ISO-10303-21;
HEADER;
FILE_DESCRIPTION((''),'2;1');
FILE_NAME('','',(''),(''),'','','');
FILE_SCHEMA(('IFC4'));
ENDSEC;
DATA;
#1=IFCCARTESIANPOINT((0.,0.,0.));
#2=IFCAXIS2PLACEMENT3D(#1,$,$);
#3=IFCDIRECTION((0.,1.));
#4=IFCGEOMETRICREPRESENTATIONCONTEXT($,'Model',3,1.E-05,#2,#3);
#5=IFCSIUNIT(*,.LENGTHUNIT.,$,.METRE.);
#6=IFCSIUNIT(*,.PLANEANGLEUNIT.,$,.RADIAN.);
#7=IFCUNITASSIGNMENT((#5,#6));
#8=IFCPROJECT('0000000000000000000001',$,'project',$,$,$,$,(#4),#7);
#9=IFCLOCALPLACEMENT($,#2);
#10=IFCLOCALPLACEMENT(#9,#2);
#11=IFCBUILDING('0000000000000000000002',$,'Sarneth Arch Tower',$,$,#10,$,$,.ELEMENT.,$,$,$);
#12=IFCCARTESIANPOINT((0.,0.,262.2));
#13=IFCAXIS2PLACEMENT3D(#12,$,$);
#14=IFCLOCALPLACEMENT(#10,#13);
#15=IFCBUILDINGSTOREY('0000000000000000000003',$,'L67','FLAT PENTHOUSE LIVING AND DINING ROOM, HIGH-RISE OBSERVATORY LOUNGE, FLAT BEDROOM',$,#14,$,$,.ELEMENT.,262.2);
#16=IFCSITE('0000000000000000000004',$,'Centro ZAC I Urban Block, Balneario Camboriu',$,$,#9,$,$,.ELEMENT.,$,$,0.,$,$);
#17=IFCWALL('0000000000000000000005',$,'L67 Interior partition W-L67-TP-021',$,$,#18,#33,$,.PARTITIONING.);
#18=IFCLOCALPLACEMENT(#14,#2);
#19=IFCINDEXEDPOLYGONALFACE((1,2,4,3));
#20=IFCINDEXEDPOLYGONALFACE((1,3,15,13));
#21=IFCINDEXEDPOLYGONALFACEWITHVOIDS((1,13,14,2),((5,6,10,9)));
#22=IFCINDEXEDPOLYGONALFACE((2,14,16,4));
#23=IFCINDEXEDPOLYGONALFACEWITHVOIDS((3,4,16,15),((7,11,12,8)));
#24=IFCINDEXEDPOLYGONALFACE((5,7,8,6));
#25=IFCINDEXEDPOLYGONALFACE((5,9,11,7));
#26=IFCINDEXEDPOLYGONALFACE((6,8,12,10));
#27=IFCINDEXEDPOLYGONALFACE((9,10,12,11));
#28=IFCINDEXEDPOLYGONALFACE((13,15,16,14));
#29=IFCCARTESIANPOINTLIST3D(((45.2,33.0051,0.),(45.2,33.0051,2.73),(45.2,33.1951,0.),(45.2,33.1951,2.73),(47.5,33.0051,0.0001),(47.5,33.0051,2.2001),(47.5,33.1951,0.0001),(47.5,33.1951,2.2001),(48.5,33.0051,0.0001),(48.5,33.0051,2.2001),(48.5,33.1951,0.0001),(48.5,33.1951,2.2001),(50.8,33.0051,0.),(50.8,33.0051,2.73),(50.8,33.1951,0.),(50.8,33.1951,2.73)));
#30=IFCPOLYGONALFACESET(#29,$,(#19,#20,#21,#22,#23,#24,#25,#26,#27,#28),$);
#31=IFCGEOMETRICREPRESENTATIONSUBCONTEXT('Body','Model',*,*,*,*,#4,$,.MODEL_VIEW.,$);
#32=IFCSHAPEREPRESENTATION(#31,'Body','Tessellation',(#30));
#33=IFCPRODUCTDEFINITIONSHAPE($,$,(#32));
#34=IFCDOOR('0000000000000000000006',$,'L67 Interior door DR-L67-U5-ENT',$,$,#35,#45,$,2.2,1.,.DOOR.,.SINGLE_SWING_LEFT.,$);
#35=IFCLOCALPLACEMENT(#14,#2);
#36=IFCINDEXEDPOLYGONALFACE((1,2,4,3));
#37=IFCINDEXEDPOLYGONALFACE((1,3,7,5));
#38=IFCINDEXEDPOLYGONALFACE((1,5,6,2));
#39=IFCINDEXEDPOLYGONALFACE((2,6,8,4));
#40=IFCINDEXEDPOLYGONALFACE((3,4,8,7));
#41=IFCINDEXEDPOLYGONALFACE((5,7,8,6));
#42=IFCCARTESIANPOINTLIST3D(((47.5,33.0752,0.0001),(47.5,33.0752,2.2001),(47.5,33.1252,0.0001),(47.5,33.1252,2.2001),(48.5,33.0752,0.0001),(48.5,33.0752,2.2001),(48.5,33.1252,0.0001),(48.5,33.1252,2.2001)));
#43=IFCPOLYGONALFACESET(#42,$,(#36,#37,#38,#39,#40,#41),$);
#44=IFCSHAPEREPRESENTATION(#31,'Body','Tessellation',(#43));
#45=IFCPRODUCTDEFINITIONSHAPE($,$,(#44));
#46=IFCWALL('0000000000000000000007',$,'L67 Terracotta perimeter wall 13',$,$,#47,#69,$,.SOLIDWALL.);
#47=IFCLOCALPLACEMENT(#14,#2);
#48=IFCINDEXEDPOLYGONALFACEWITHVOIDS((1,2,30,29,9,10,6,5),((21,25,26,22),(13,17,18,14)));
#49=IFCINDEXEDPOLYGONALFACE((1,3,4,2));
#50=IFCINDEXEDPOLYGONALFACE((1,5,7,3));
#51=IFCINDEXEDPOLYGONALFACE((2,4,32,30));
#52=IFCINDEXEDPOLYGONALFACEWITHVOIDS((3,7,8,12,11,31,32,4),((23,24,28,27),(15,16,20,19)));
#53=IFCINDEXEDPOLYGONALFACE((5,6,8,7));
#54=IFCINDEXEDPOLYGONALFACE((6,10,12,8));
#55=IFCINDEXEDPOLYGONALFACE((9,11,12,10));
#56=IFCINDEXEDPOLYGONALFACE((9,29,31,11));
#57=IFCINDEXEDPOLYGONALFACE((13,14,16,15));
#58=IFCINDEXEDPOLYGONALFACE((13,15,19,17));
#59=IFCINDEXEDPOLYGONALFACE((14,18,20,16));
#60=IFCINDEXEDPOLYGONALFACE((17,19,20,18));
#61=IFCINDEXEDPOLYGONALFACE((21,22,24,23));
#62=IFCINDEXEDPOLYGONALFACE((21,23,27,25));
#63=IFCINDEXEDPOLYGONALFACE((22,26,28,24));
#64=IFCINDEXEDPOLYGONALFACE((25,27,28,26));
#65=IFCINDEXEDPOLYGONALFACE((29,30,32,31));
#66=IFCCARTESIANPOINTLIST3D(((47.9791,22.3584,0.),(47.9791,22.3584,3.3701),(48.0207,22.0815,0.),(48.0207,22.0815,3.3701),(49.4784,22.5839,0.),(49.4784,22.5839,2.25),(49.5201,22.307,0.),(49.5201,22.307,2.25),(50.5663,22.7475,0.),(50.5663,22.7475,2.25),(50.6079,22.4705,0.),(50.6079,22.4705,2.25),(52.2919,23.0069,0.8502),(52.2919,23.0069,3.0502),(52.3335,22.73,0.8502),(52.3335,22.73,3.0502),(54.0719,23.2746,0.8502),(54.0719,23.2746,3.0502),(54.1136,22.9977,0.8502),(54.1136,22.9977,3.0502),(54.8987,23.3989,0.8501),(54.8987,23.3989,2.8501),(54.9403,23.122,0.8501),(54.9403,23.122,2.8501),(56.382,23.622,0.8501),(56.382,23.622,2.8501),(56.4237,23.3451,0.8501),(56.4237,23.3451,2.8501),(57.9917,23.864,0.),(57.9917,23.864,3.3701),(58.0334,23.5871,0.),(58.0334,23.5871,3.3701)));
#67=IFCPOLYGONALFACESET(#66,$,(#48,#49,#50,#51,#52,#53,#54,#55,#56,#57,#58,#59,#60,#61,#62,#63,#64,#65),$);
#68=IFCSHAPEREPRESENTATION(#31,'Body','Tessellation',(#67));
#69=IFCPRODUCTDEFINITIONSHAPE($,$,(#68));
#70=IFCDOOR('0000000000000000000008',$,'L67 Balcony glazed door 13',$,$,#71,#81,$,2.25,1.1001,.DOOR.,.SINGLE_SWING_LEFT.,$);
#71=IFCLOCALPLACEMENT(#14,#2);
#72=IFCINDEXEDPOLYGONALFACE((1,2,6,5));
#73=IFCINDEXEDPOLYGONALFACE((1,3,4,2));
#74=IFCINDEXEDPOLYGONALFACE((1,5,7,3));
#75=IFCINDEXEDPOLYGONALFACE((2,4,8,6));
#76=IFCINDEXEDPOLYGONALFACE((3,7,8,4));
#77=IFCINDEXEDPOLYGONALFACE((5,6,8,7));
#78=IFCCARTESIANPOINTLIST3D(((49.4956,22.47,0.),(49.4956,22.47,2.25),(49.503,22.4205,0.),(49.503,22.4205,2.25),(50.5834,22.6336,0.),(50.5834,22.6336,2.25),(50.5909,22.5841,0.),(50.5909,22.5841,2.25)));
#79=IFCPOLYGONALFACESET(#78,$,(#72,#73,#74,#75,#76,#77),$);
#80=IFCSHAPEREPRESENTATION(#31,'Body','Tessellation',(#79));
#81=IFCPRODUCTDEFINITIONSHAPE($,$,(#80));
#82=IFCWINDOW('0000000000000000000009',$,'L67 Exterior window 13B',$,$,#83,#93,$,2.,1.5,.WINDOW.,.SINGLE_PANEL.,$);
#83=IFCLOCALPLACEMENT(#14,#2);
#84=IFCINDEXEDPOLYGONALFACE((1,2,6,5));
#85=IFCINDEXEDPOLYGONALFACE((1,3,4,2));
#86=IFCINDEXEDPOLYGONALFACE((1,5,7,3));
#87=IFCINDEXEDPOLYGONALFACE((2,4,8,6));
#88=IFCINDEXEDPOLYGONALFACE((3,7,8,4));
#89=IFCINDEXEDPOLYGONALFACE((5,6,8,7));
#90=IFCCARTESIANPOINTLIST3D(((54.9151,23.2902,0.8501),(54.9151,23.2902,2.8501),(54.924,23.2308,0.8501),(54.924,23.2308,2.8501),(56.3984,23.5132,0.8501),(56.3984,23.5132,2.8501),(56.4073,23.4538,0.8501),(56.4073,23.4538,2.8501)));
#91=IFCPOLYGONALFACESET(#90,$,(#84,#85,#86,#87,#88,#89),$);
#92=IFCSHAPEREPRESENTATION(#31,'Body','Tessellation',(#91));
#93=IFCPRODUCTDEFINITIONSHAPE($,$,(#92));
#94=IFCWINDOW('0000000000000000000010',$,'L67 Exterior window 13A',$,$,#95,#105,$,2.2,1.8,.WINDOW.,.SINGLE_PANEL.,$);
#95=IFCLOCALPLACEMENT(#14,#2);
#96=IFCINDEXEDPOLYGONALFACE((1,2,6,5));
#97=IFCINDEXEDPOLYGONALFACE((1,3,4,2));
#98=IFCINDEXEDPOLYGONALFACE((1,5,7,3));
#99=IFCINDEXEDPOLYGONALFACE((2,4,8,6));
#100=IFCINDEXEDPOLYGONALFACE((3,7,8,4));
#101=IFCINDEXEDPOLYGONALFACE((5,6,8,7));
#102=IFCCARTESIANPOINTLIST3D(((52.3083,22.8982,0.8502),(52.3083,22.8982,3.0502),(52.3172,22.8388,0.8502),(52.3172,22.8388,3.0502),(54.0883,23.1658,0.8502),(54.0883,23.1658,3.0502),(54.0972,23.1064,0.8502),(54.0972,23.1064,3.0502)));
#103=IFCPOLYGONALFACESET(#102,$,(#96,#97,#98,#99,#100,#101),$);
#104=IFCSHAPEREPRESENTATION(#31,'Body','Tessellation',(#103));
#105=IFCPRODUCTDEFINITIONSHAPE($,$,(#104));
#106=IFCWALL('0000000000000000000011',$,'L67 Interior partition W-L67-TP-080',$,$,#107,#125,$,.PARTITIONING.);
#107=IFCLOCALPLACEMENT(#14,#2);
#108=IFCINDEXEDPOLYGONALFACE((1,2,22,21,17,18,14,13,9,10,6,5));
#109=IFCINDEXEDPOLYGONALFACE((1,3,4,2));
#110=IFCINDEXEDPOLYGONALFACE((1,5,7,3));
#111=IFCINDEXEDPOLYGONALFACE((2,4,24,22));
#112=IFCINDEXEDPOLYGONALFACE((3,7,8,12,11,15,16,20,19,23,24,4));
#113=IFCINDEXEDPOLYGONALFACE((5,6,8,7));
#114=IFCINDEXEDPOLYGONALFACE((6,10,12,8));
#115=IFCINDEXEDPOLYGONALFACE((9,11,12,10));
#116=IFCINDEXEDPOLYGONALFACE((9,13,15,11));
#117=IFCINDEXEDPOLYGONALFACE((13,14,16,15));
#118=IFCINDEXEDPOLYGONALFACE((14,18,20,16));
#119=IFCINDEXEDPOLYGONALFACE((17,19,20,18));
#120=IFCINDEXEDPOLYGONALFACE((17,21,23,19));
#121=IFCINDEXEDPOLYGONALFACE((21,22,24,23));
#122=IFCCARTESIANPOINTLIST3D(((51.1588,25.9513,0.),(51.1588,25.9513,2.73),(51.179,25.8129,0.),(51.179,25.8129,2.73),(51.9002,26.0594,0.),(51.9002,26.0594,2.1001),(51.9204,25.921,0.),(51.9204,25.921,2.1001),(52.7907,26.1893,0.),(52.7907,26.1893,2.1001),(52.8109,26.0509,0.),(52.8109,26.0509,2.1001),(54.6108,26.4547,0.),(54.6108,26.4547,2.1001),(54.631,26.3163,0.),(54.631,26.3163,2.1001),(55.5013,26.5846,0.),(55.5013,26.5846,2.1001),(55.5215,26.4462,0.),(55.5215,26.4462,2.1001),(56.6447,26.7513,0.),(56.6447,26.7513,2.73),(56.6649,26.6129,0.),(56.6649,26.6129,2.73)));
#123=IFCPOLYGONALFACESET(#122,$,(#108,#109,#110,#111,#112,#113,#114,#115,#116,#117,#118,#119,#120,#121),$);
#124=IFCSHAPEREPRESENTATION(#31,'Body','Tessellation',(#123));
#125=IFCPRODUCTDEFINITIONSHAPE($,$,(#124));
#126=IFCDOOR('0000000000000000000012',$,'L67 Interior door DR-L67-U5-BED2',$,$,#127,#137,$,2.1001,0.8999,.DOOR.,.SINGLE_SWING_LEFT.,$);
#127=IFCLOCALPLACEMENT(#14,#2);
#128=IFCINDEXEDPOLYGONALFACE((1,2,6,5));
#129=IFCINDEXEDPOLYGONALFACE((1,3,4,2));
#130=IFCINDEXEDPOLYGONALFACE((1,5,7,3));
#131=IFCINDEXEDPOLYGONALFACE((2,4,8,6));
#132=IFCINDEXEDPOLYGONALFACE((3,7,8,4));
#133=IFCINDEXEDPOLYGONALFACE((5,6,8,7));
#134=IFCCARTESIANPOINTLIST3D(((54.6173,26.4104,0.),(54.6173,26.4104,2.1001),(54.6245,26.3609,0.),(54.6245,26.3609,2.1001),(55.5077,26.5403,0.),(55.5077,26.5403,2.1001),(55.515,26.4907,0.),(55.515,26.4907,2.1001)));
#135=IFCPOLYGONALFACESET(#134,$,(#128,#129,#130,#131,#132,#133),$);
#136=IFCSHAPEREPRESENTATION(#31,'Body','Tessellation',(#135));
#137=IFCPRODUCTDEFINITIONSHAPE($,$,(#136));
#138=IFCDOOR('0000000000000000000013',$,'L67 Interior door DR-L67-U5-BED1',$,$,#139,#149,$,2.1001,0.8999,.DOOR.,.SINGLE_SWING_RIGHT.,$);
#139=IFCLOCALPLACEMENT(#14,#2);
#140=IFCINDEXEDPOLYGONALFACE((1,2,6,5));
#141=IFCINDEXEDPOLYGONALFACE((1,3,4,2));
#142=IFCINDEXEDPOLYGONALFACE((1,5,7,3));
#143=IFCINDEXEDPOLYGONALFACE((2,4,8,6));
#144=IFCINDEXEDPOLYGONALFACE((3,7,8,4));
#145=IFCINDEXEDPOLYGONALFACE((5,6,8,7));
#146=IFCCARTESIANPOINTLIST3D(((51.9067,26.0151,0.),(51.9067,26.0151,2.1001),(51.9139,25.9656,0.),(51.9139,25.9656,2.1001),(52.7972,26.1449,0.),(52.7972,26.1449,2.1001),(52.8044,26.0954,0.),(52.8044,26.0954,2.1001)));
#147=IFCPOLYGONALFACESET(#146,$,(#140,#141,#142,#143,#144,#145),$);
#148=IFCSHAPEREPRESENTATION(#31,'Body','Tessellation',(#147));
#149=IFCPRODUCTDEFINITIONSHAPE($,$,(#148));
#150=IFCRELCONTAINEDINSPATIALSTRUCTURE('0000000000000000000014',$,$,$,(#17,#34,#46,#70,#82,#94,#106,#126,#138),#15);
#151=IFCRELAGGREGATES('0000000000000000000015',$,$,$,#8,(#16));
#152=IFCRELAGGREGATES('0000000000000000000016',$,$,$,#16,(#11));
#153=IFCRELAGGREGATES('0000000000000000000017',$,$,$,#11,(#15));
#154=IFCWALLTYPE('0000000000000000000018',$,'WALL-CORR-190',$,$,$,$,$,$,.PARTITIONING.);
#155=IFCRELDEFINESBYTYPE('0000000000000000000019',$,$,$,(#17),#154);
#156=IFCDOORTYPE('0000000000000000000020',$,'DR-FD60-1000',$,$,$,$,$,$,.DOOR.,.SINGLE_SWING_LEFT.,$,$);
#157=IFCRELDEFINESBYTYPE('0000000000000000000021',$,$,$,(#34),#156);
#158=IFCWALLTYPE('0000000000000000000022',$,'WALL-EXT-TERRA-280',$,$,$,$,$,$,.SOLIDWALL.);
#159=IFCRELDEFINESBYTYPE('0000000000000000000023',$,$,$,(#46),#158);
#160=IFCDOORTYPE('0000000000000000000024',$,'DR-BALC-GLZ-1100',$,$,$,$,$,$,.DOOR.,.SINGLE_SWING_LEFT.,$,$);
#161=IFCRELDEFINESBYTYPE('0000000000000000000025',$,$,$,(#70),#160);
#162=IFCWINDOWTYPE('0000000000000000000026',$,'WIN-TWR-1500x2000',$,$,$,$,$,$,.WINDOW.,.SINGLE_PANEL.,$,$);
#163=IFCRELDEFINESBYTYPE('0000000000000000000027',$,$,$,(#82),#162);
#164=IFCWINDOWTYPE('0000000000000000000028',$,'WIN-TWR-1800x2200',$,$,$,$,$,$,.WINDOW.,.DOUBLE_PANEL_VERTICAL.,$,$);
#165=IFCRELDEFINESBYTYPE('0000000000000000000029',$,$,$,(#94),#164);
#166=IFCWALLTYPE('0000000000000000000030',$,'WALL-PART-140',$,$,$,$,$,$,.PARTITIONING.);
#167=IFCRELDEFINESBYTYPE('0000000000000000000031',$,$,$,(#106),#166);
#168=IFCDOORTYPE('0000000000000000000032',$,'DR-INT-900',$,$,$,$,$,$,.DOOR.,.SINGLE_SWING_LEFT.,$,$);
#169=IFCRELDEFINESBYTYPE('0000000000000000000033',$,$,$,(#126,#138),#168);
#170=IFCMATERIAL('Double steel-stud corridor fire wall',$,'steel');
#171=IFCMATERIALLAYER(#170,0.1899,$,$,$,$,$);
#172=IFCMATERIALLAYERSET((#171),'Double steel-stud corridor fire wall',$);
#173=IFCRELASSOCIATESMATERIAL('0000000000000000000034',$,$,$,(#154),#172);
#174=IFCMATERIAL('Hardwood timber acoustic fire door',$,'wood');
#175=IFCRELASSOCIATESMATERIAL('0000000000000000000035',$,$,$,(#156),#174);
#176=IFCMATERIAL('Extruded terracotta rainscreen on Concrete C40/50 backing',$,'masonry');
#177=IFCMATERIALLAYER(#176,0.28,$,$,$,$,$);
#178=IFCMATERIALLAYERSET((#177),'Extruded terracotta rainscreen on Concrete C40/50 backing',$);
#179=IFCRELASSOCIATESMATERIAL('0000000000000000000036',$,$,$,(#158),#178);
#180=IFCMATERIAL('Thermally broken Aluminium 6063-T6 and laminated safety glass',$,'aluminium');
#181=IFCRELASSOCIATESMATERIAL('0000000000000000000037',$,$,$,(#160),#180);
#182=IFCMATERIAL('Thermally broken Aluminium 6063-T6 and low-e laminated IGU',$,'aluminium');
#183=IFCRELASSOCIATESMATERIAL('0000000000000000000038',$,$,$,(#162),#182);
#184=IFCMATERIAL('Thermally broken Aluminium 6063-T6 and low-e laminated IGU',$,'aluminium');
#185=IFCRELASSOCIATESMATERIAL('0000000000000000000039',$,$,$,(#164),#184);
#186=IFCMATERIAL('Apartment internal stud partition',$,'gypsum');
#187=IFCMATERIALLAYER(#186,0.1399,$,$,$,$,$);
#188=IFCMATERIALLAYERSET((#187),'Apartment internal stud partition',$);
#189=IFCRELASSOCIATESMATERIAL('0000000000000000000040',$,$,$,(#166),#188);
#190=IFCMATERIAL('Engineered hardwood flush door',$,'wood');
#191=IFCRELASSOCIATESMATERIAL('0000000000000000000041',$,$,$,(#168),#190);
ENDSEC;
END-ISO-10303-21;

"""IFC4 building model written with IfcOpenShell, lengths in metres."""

from ifc_helpers import new_model, si_unit, direction, frame, frame_2d, origin, place, context, subcontext, project, spatial, rectangle, extrude, material, layer, layer_set, type_object, element, fill, save


model = new_model("IFC4")

# Units and contexts
model_context = context("Model", 3, precision=1e-05, world=origin(), true_north=direction((0.0, 1.0)))
body_context = subcontext(model_context, "Body", "Model", "MODEL_VIEW")
ifc_project = project(units=[si_unit("LENGTHUNIT", "METRE"), si_unit("PLANEANGLEUNIT", "RADIAN")], contexts=[model_context])

# Site, building, storey
site_placement = place(None, origin())
site = spatial("IfcSite", under=ifc_project, at=site_placement, Name="Centro ZAC I Urban Block, Balneario Camboriu", CompositionType="ELEMENT", RefElevation=0.0)
building_placement = place(site_placement, origin())
building = spatial("IfcBuilding", under=site, at=building_placement, Name="Sarneth Arch Tower", CompositionType="ELEMENT")
storey_placement = place(building_placement, frame((0.0, 0.0, 262.2)))
storey = spatial("IfcBuildingStorey", under=building, at=storey_placement, Name="L67", Description="FLAT PENTHOUSE LIVING AND DINING ROOM, HIGH-RISE OBSERVATORY LOUNGE, FLAT BEDROOM", CompositionType="ELEMENT", Elevation=262.2)

# Wall, opening, door
ifc_material_1 = material(Name="Double steel-stud corridor fire wall", Category="steel")
ifc_layer_1 = layer(ifc_material_1, 0.1899)
ifc_layer_set_1 = layer_set([ifc_layer_1], Name="Double steel-stud corridor fire wall")
wall_type_1 = type_object("IfcWallType", Name="WALL-CORR-190", PredefinedType="PARTITIONING", material=ifc_layer_set_1)
wall_1_placement = place(storey_placement, frame((50.8, 33.1001, 0.0), z_axis=(0.0, 0.0, 1.0), x_axis=(-1.0, 0.0, 0.0)))
wall_1 = element("IfcWall", 1, at=wall_1_placement, inside=storey, type_object=wall_type_1, Name="L67 Interior partition W-L67-TP-021", PredefinedType="PARTITIONING", context=body_context, shape_type="SweptSolid", body=[
    extrude(rectangle(XDim=5.6001, YDim=0.1899, at=frame_2d((2.8, 0.0))), origin(), (0.0, 0.0, 1.0), 2.73),
])
opening_1_placement = place(wall_1_placement, frame((2.3, 0.0, 0.0)))
opening_1 = element("IfcOpeningElement", 2, at=opening_1_placement, cuts=wall_1, PredefinedType="OPENING", context=body_context, shape_type="SweptSolid", body=[
    extrude(rectangle(XDim=1.0, YDim=2.2, at=frame_2d((0.5, 1.1001))), frame((0.0, 0.105, 0.0), z_axis=(0.0, -1.0, 0.0), x_axis=(1.0, 0.0, 0.0)), (0.0, 0.0, 1.0), 0.21),
])
ifc_material_2 = material(Name="Hardwood timber acoustic fire door", Category="wood")
door_type_1 = type_object("IfcDoorType", Name="DR-FD60-1000", OperationType="SINGLE_SWING_LEFT", PredefinedType="DOOR", material=ifc_material_2)
door_1_placement = place(opening_1_placement, origin())
door_1 = element("IfcDoor", 3, at=door_1_placement, inside=storey, type_object=door_type_1, Name="L67 Interior door DR-L67-U5-ENT", OperationType="SINGLE_SWING_LEFT", OverallHeight=2.2, OverallWidth=1.0, PredefinedType="DOOR", context=body_context, shape_type="SweptSolid", body=[
    extrude(rectangle(XDim=1.0, YDim=2.2, at=frame_2d((0.5, 1.1001))), frame((0.0, 0.0249, 0.0), z_axis=(0.0, -1.0, 0.0), x_axis=(1.0, 0.0, 0.0)), (0.0, 0.0, 1.0), 0.05),
])
fill(opening_1, door_1)

# Wall, openings, door, windows
ifc_material_3 = material(Name="Extruded terracotta rainscreen on Concrete C40/50 backing", Category="masonry")
ifc_layer_2 = layer(ifc_material_3, 0.28)
ifc_layer_set_2 = layer_set([ifc_layer_2], Name="Extruded terracotta rainscreen on Concrete C40/50 backing")
wall_type_2 = type_object("IfcWallType", Name="WALL-EXT-TERRA-280", PredefinedType="SOLIDWALL", material=ifc_layer_set_2)
wall_2_placement = place(storey_placement, frame((48.0, 22.22, 0.0), z_axis=(0.0, 0.0, 1.0), x_axis=(0.988883, 0.148699, 0.0)))
wall_2 = element("IfcWall", 4, at=wall_2_placement, inside=storey, type_object=wall_type_2, Name="L67 Terracotta perimeter wall 13", PredefinedType="SOLIDWALL", context=body_context, shape_type="SweptSolid", body=[
    extrude(rectangle(XDim=10.1252, YDim=0.28, at=frame_2d((5.0625, 0.0))), origin(), (0.0, 0.0, 1.0), 3.3701),
])
opening_2_placement = place(wall_2_placement, frame((1.5161, 0.0, 0.0)))
opening_2 = element("IfcOpeningElement", 5, at=opening_2_placement, cuts=wall_2, PredefinedType="OPENING", context=body_context, shape_type="SweptSolid", body=[
    extrude(rectangle(XDim=1.1001, YDim=2.25, at=frame_2d((0.55, 1.125))), frame((0.0, 0.1499, 0.0), z_axis=(0.0, -1.0, 0.0), x_axis=(1.0, 0.0, 0.0)), (0.0, 0.0, 1.0), 0.3),
])
opening_3_placement = place(wall_2_placement, frame((4.3613, 0.0, 0.8501)))
opening_3 = element("IfcOpeningElement", 6, at=opening_3_placement, cuts=wall_2, PredefinedType="OPENING", context=body_context, shape_type="SweptSolid", body=[
    extrude(rectangle(XDim=1.8, YDim=2.2, at=frame_2d((0.8999, 1.1001))), frame((0.0, 0.1499, 0.0), z_axis=(0.0, -1.0, 0.0), x_axis=(1.0, 0.0, 0.0)), (0.0, 0.0, 1.0), 0.3),
])
opening_4_placement = place(wall_2_placement, frame((6.9973, 0.0, 0.8501)))
opening_4 = element("IfcOpeningElement", 7, at=opening_4_placement, cuts=wall_2, PredefinedType="OPENING", context=body_context, shape_type="SweptSolid", body=[
    extrude(rectangle(XDim=1.5, YDim=2.0, at=frame_2d((0.75, 1.0))), frame((0.0, 0.1499, 0.0), z_axis=(0.0, -1.0, 0.0), x_axis=(1.0, 0.0, 0.0)), (0.0, 0.0, 1.0), 0.3),
])
ifc_material_4 = material(Name="Thermally broken Aluminium 6063-T6 and laminated safety glass", Category="aluminium")
door_type_2 = type_object("IfcDoorType", Name="DR-BALC-GLZ-1100", OperationType="SINGLE_SWING_LEFT", PredefinedType="DOOR", material=ifc_material_4)
door_2_placement = place(opening_2_placement, origin())
door_2 = element("IfcDoor", 8, at=door_2_placement, inside=storey, type_object=door_type_2, Name="L67 Balcony glazed door 13", OperationType="SINGLE_SWING_LEFT", OverallHeight=2.25, OverallWidth=1.1001, PredefinedType="DOOR", context=body_context, shape_type="SweptSolid", body=[
    extrude(rectangle(XDim=1.1001, YDim=2.25, at=frame_2d((0.55, 1.125))), frame((0.0, 0.0249, 0.0), z_axis=(0.0, -1.0, 0.0), x_axis=(1.0, 0.0, 0.0)), (0.0, 0.0, 1.0), 0.05),
])
fill(opening_2, door_2)
ifc_material_5 = material(Name="Thermally broken Aluminium 6063-T6 and low-e laminated IGU", Category="aluminium")
window_type_1 = type_object("IfcWindowType", Name="WIN-TWR-1500x2000", PartitioningType="SINGLE_PANEL", PredefinedType="WINDOW", material=ifc_material_5)
window_1_placement = place(opening_4_placement, origin())
window_1 = element("IfcWindow", 9, at=window_1_placement, inside=storey, type_object=window_type_1, Name="L67 Exterior window 13B", OverallHeight=2.0, OverallWidth=1.5, PartitioningType="SINGLE_PANEL", PredefinedType="WINDOW", context=body_context, shape_type="SweptSolid", body=[
    extrude(rectangle(XDim=1.5, YDim=2.0, at=frame_2d((0.75, 1.0))), frame((0.0, 0.03, 0.0), z_axis=(0.0, -1.0, 0.0), x_axis=(1.0, 0.0, 0.0)), (0.0, 0.0, 1.0), 0.0601),
])
fill(opening_4, window_1)
ifc_material_6 = material(Name="Thermally broken Aluminium 6063-T6 and low-e laminated IGU", Category="aluminium")
window_type_2 = type_object("IfcWindowType", Name="WIN-TWR-1800x2200", PartitioningType="DOUBLE_PANEL_VERTICAL", PredefinedType="WINDOW", material=ifc_material_6)
window_2_placement = place(opening_3_placement, origin())
window_2 = element("IfcWindow", 10, at=window_2_placement, inside=storey, type_object=window_type_2, Name="L67 Exterior window 13A", OverallHeight=2.2, OverallWidth=1.8, PartitioningType="SINGLE_PANEL", PredefinedType="WINDOW", context=body_context, shape_type="SweptSolid", body=[
    extrude(rectangle(XDim=1.8, YDim=2.2, at=frame_2d((0.8999, 1.1001))), frame((0.0, 0.03, 0.0), z_axis=(0.0, -1.0, 0.0), x_axis=(1.0, 0.0, 0.0)), (0.0, 0.0, 1.0), 0.0601),
])
fill(opening_3, window_2)

# Wall, openings, doors
ifc_material_7 = material(Name="Apartment internal stud partition", Category="gypsum")
ifc_layer_3 = layer(ifc_material_7, 0.1399)
ifc_layer_set_3 = layer_set([ifc_layer_3], Name="Apartment internal stud partition")
wall_type_3 = type_object("IfcWallType", Name="WALL-PART-140", PredefinedType="PARTITIONING", material=ifc_layer_set_3)
wall_3_placement = place(storey_placement, frame((56.6548, 26.6821, 0.0), z_axis=(0.0, 0.0, 1.0), x_axis=(-0.989532, -0.144312, 0.0)))
wall_3 = element("IfcWall", 11, at=wall_3_placement, inside=storey, type_object=wall_type_3, Name="L67 Interior partition W-L67-TP-080", PredefinedType="PARTITIONING", context=body_context, shape_type="SweptSolid", body=[
    extrude(rectangle(XDim=5.5439, YDim=0.1399, at=frame_2d((2.772, 0.0))), origin(), (0.0, 0.0, 1.0), 2.73),
])
opening_5_placement = place(wall_3_placement, frame((1.1555, 0.0, 0.0)))
opening_5 = element("IfcOpeningElement", 12, at=opening_5_placement, cuts=wall_3, PredefinedType="OPENING", context=body_context, shape_type="SweptSolid", body=[
    extrude(rectangle(XDim=0.8999, YDim=2.1001, at=frame_2d((0.45, 1.05))), frame((0.0, 0.0798, 0.0), z_axis=(0.0, -1.0, 0.0), x_axis=(1.0, 0.0, 0.0)), (0.0, 0.0, 1.0), 0.1599),
])
opening_6_placement = place(wall_3_placement, frame((3.8948, 0.0, 0.0)))
opening_6 = element("IfcOpeningElement", 13, at=opening_6_placement, cuts=wall_3, PredefinedType="OPENING", context=body_context, shape_type="SweptSolid", body=[
    extrude(rectangle(XDim=0.8999, YDim=2.1001, at=frame_2d((0.45, 1.05))), frame((0.0, 0.0798, 0.0), z_axis=(0.0, -1.0, 0.0), x_axis=(1.0, 0.0, 0.0)), (0.0, 0.0, 1.0), 0.1599),
])
ifc_material_8 = material(Name="Engineered hardwood flush door", Category="wood")
door_type_3 = type_object("IfcDoorType", Name="DR-INT-900", OperationType="SINGLE_SWING_LEFT", PredefinedType="DOOR", material=ifc_material_8)
door_3_placement = place(opening_5_placement, origin())
door_3 = element("IfcDoor", 14, at=door_3_placement, inside=storey, type_object=door_type_3, Name="L67 Interior door DR-L67-U5-BED2", OperationType="SINGLE_SWING_LEFT", OverallHeight=2.1001, OverallWidth=0.8999, PredefinedType="DOOR", context=body_context, shape_type="SweptSolid", body=[
    extrude(rectangle(XDim=0.8999, YDim=2.1001, at=frame_2d((0.45, 1.05))), frame((0.0, 0.0249, 0.0), z_axis=(0.0, -1.0, 0.0), x_axis=(1.0, 0.0, 0.0)), (0.0, 0.0, 1.0), 0.05),
])
fill(opening_5, door_3)
door_4_placement = place(opening_6_placement, origin())
door_4 = element("IfcDoor", 15, at=door_4_placement, inside=storey, type_object=door_type_3, Name="L67 Interior door DR-L67-U5-BED1", OperationType="SINGLE_SWING_RIGHT", OverallHeight=2.1001, OverallWidth=0.8999, PredefinedType="DOOR", context=body_context, shape_type="SweptSolid", body=[
    extrude(rectangle(XDim=0.8999, YDim=2.1001, at=frame_2d((0.45, 1.05))), frame((0.0, 0.0249, 0.0), z_axis=(0.0, -1.0, 0.0), x_axis=(1.0, 0.0, 0.0)), (0.0, 0.0, 1.0), 0.05),
])
fill(opening_6, door_4)

save(model, "model.ifc")
